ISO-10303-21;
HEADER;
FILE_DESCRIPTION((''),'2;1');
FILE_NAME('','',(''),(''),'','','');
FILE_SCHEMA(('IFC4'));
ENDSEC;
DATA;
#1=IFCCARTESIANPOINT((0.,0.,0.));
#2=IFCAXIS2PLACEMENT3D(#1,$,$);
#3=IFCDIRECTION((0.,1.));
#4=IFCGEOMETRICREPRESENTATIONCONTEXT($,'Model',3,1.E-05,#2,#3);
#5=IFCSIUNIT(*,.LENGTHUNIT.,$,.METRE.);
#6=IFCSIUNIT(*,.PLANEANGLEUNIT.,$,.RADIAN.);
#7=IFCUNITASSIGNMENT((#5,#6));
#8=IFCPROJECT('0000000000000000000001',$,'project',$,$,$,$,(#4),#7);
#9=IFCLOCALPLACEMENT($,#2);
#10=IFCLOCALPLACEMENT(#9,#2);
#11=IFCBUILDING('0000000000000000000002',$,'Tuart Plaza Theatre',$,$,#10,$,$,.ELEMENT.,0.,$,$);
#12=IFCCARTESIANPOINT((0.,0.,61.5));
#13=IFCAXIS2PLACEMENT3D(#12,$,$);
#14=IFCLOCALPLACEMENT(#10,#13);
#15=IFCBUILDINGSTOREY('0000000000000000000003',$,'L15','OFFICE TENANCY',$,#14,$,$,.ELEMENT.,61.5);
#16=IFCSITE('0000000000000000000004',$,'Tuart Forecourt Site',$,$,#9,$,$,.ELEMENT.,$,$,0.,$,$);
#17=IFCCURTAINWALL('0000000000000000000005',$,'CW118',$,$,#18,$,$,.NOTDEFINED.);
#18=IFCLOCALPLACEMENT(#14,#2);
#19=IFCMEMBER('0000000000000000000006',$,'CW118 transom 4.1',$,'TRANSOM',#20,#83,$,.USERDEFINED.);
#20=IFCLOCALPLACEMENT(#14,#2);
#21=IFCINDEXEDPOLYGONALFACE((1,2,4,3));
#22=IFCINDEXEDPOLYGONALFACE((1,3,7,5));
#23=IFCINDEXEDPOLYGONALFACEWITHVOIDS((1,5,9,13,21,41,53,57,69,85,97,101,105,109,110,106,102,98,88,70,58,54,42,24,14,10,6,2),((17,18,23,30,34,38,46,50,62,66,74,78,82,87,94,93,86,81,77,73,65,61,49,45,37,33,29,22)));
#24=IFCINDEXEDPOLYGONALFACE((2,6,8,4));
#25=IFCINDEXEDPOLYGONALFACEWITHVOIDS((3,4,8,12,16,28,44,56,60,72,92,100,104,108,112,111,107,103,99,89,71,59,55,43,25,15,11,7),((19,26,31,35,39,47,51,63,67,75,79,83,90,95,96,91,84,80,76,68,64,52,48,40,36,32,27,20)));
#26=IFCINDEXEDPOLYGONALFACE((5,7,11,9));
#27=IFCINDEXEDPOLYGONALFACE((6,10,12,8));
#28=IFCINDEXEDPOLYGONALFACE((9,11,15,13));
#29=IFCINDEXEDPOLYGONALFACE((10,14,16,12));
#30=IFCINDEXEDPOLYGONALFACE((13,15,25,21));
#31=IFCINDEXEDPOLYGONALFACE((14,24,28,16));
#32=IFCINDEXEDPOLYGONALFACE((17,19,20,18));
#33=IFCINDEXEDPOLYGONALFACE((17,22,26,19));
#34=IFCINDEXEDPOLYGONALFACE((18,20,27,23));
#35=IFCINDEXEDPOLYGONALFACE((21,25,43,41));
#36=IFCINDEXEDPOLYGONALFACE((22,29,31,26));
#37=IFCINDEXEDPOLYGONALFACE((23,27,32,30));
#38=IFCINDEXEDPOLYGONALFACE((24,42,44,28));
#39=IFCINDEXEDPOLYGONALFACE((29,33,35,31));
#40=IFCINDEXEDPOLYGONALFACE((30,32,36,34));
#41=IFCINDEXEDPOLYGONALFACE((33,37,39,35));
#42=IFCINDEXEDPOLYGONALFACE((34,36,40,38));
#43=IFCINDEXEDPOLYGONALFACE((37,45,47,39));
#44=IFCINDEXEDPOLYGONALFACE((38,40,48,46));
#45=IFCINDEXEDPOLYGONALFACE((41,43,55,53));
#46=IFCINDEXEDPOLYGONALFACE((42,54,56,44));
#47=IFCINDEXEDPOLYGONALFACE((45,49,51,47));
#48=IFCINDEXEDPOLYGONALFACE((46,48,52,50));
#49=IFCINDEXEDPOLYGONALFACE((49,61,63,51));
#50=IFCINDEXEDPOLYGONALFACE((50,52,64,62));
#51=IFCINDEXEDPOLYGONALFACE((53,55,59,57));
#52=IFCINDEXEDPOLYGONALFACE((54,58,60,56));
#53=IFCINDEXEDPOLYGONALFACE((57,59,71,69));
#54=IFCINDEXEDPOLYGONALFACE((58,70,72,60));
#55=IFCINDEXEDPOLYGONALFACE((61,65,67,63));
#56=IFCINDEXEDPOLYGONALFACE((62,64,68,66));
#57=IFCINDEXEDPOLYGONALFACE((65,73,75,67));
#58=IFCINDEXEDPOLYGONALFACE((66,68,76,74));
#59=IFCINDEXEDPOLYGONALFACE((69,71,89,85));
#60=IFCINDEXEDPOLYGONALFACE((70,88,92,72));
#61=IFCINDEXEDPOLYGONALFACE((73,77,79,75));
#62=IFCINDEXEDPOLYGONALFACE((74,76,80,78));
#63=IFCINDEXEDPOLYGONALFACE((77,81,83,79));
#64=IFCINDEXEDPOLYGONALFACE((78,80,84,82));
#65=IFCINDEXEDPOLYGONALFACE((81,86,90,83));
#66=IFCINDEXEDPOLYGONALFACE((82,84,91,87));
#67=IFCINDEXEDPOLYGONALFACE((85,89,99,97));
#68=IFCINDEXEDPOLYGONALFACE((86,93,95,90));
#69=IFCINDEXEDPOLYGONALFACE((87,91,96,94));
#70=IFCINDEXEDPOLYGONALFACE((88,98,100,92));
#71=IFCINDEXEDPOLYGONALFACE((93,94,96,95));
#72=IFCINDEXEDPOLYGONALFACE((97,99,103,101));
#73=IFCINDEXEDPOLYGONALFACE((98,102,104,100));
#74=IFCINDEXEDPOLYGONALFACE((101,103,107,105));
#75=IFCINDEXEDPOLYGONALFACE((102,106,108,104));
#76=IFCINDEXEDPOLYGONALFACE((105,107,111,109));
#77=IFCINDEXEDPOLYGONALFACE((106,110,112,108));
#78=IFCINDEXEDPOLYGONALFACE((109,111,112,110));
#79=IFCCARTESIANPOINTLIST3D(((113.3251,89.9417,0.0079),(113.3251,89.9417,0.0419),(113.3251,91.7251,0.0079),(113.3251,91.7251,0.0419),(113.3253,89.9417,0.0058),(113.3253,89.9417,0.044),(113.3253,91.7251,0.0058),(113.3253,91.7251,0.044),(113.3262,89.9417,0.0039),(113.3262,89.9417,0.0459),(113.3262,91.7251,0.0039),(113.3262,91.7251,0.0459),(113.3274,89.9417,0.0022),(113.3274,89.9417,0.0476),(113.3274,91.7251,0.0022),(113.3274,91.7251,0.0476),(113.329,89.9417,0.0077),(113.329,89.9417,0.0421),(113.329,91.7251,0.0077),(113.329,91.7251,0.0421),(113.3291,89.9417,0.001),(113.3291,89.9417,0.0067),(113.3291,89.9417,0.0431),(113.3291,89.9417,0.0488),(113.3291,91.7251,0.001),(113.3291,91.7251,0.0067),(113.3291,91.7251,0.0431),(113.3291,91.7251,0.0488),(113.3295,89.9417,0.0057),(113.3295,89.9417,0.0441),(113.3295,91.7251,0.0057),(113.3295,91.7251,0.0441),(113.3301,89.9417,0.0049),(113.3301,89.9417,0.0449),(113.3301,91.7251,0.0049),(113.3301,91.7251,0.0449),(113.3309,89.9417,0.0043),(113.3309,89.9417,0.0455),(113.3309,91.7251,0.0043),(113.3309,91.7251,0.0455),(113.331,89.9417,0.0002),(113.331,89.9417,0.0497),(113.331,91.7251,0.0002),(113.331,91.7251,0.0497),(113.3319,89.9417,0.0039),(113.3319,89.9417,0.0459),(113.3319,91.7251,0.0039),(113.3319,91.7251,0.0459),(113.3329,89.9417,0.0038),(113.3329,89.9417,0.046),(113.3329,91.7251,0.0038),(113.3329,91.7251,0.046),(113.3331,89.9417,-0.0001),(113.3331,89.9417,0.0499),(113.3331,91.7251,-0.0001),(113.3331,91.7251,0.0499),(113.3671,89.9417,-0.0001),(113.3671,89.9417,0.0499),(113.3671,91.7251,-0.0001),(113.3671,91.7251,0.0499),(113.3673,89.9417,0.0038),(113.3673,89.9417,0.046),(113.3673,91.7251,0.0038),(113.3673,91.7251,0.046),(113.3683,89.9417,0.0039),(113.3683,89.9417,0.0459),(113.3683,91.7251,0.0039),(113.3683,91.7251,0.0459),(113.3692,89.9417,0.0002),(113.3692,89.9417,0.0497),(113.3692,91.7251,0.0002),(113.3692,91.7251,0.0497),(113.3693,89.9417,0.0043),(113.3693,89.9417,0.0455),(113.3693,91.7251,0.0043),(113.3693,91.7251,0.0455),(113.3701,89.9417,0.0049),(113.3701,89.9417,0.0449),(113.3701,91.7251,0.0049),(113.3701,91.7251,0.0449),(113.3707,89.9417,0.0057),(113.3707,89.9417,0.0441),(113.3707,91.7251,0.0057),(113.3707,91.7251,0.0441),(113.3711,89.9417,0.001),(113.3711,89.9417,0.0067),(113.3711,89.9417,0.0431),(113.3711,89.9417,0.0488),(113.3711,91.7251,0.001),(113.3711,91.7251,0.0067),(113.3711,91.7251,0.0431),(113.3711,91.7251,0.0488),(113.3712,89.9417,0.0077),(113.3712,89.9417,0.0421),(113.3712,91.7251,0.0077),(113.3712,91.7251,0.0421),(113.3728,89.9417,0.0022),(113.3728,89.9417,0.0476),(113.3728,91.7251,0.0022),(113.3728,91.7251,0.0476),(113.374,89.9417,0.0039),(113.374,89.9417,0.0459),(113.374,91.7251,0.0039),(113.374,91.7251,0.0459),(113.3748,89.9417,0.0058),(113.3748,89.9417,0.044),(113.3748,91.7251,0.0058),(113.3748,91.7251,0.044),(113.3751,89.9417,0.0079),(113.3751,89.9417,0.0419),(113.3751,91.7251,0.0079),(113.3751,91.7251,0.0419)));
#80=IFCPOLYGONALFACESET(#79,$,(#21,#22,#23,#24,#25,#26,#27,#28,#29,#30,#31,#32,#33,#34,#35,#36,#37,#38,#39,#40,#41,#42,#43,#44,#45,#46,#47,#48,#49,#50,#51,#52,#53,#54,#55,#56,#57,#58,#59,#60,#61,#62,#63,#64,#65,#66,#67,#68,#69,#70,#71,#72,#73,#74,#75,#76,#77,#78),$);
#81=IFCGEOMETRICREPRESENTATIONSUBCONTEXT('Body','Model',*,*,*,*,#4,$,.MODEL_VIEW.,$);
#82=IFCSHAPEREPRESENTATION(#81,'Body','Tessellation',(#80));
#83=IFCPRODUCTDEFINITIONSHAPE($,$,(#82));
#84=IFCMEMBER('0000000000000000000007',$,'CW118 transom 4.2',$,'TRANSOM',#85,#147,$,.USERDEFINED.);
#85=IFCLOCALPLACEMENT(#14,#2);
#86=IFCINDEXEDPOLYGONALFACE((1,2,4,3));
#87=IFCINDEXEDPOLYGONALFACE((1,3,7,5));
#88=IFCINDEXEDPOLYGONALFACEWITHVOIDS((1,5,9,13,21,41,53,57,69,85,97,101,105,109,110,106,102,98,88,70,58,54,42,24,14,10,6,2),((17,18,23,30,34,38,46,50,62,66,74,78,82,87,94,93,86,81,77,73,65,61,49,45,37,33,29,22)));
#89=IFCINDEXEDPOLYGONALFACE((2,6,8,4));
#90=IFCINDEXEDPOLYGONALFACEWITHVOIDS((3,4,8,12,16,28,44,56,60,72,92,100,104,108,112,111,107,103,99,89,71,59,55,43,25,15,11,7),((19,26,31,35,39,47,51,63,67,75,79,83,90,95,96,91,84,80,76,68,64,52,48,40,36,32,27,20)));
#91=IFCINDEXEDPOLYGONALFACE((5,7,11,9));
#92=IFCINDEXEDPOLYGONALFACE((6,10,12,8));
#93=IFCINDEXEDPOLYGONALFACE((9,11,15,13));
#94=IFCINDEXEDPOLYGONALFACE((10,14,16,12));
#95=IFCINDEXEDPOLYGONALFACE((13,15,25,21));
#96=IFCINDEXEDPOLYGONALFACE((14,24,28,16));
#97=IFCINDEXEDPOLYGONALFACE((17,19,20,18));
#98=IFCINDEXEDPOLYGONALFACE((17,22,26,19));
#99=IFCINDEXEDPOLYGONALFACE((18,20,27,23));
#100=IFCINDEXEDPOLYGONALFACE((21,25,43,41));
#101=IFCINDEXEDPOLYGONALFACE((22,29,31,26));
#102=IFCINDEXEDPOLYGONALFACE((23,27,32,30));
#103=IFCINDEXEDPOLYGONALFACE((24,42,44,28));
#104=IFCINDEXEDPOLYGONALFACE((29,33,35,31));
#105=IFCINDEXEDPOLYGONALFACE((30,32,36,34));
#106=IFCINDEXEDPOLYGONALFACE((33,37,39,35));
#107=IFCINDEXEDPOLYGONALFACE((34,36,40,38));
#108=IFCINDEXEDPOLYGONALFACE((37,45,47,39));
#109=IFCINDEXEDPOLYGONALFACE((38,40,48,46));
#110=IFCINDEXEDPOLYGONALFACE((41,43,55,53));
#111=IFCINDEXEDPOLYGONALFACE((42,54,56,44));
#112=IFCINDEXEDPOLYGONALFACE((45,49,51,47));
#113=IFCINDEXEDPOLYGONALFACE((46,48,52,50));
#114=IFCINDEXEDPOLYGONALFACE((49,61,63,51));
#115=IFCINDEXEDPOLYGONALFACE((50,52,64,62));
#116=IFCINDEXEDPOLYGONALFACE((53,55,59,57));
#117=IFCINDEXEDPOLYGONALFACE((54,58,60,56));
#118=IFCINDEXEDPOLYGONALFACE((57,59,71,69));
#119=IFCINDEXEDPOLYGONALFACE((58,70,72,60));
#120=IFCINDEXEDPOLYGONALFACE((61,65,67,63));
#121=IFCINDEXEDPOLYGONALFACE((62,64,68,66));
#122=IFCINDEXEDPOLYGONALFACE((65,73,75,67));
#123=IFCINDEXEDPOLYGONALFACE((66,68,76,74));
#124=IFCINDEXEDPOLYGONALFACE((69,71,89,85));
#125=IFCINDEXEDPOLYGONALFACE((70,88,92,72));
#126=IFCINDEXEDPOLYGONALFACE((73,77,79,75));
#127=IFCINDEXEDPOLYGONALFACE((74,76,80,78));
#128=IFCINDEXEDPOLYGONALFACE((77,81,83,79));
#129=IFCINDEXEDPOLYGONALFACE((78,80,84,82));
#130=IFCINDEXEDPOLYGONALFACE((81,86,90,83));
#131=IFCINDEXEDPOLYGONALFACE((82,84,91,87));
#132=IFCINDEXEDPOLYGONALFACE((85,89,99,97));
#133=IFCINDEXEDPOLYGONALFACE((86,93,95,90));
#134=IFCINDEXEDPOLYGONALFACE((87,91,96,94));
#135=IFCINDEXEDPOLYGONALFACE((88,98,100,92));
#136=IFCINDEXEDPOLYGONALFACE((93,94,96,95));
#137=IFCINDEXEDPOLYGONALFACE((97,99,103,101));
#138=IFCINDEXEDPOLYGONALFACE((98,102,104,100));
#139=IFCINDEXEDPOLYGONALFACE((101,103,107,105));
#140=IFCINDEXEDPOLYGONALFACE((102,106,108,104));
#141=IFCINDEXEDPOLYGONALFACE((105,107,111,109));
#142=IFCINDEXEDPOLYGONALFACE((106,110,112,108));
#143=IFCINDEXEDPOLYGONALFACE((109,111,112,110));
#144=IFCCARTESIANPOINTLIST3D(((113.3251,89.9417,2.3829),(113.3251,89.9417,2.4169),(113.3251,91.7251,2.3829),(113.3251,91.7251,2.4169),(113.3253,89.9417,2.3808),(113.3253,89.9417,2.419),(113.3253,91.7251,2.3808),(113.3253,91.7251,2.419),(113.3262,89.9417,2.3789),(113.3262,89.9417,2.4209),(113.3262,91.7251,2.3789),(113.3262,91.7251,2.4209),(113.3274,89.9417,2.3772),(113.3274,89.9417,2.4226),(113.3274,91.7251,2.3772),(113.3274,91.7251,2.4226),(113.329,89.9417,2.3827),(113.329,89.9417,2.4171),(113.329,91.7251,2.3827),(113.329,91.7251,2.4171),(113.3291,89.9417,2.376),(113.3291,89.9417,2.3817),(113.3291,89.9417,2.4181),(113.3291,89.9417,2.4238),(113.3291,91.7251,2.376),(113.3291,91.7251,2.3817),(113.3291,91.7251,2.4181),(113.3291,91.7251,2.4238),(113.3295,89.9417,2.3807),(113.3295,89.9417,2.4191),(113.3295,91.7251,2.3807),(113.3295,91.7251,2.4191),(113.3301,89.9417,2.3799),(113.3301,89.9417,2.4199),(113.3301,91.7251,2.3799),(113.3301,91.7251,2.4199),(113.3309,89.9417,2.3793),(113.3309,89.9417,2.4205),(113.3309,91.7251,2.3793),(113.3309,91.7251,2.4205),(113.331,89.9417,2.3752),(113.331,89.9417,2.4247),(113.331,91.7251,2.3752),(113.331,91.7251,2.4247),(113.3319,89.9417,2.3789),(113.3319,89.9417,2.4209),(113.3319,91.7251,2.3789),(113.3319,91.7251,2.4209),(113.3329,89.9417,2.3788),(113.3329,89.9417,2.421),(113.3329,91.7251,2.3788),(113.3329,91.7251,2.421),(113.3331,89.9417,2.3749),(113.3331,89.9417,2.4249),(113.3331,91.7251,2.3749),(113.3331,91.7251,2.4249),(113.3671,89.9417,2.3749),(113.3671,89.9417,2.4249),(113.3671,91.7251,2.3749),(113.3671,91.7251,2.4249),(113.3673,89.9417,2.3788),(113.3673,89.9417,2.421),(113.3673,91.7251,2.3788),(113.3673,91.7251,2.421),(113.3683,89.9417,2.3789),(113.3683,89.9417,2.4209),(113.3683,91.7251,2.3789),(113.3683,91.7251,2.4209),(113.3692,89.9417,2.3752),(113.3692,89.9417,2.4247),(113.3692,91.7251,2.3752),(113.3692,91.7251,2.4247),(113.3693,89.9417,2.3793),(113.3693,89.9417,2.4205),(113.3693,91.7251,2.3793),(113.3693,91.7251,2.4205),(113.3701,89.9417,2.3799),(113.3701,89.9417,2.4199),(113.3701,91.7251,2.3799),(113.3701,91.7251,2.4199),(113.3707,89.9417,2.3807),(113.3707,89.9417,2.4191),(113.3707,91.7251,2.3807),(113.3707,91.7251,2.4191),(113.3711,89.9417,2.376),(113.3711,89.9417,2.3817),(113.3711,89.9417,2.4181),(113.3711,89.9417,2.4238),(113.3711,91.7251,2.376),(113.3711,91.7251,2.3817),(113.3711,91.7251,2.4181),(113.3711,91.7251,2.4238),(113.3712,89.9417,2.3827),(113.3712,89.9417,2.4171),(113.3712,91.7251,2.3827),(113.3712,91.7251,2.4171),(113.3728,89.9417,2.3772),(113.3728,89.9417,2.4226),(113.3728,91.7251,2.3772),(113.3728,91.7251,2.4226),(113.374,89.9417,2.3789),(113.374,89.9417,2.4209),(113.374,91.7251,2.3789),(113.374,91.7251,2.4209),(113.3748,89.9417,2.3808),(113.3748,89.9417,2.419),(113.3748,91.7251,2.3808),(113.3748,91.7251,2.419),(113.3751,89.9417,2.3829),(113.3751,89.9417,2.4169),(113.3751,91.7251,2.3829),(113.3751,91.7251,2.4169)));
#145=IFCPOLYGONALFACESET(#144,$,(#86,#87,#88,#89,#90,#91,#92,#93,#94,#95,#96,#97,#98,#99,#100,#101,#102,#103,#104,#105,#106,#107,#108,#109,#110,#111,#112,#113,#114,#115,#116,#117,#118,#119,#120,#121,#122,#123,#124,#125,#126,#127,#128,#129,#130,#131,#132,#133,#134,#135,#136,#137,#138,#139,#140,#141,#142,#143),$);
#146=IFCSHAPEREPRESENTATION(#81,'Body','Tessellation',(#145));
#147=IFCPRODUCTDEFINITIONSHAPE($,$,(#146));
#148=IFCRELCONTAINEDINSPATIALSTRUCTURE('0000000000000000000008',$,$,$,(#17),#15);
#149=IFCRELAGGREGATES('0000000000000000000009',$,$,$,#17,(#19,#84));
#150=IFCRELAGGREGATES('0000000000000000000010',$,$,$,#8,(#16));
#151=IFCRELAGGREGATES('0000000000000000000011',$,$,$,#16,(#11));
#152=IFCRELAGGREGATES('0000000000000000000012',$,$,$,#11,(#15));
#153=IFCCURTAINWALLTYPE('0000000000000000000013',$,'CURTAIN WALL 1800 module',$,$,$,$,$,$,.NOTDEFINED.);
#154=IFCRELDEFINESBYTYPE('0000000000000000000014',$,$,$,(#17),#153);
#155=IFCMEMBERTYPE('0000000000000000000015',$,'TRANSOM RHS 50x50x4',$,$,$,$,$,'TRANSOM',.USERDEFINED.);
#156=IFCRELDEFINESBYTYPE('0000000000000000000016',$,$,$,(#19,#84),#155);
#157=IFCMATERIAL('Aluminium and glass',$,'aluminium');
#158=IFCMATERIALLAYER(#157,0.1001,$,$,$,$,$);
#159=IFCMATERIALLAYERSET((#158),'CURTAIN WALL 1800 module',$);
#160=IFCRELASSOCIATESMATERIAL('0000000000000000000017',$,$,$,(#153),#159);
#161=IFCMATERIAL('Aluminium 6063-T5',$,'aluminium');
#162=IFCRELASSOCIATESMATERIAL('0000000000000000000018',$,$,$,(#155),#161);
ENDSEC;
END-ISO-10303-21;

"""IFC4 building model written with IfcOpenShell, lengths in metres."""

from ifc_helpers import new_model, si_unit, direction, frame, origin, origin_2d, place, context, subcontext, project, spatial, hollow_rectangle, extrude, material, layer, layer_set, material_profile, profile_set, type_object, element, aggregate, save


model = new_model("IFC4")

# Units and contexts
model_context = context("Model", 3, precision=1e-05, world=origin(), true_north=direction((0.0, 1.0)))
body_context = subcontext(model_context, "Body", "Model", "MODEL_VIEW")
ifc_project = project(units=[si_unit("LENGTHUNIT", "METRE"), si_unit("PLANEANGLEUNIT", "RADIAN")], contexts=[model_context])

# Site, building, storey
site_placement = place(None, origin())
site = spatial("IfcSite", under=ifc_project, at=site_placement, Name="Tuart Forecourt Site", CompositionType="ELEMENT", RefElevation=0.0)
building_placement = place(site_placement, origin())
building = spatial("IfcBuilding", under=site, at=building_placement, Name="Tuart Plaza Theatre", CompositionType="ELEMENT", ElevationOfRefHeight=0.0)
storey_placement = place(building_placement, frame((0.0, 0.0, 61.5)))
storey = spatial("IfcBuildingStorey", under=building, at=storey_placement, Name="L15", Description="OFFICE TENANCY", CompositionType="ELEMENT", Elevation=61.5)

# Curtain wall, members
ifc_material_1 = material(Name="Aluminium and glass", Category="aluminium")
ifc_layer_1 = layer(ifc_material_1, 0.1001)
ifc_layer_set_1 = layer_set([ifc_layer_1], Name="CURTAIN WALL 1800 module")
curtain_wall_type = type_object("IfcCurtainWallType", Name="CURTAIN WALL 1800 module", PredefinedType="NOTDEFINED", material=ifc_layer_set_1)
curtain_wall_placement = place(storey_placement, origin())
curtain_wall = element("IfcCurtainWall", 1, at=curtain_wall_placement, inside=storey, type_object=curtain_wall_type, Name="CW118", PredefinedType="NOTDEFINED")
ifc_material_2 = material(Name="Aluminium 6063-T5", Category="aluminium")
ifc_material_profile = material_profile(ifc_material_2, hollow_rectangle(XDim=0.05, YDim=0.05, WallThickness=0.0039, InnerFilletRadius=0.0039, OuterFilletRadius=0.0081, at=origin_2d()), Name="RHS 50x50x4")
ifc_profile_set = profile_set([ifc_material_profile], Name="Aluminium 6063-T5")
member_type = type_object("IfcMemberType", Name="TRANSOM RHS 50x50x4", ElementType="TRANSOM", PredefinedType="USERDEFINED", material=ifc_profile_set)
member_1_placement = place(storey_placement, frame((113.3501, 91.7251, 0.0249), z_axis=(0.0, -1.0, 0.0), x_axis=(1.0, 0.0, 0.0)))
member_1 = element("IfcMember", 2, at=member_1_placement, type_object=member_type, Name="CW118 transom 4.1", ObjectType="TRANSOM", PredefinedType="USERDEFINED", context=body_context, shape_type="SweptSolid", body=[
    extrude(hollow_rectangle(XDim=0.05, YDim=0.05, WallThickness=0.0039, InnerFilletRadius=0.0039, OuterFilletRadius=0.0081, at=origin_2d()), origin(), (0.0, 0.0, 1.0), 1.7834),
])
member_2_placement = place(storey_placement, frame((113.3501, 91.7251, 2.3999), z_axis=(0.0, -1.0, 0.0), x_axis=(1.0, 0.0, 0.0)))
member_2 = element("IfcMember", 3, at=member_2_placement, type_object=member_type, Name="CW118 transom 4.2", ObjectType="TRANSOM", PredefinedType="USERDEFINED", context=body_context, shape_type="SweptSolid", body=[
    extrude(hollow_rectangle(XDim=0.05, YDim=0.05, WallThickness=0.0039, InnerFilletRadius=0.0039, OuterFilletRadius=0.0081, at=origin_2d()), origin(), (0.0, 0.0, 1.0), 1.7834),
])
aggregate(curtain_wall, [member_1, member_2])

save(model, "model.ifc")
